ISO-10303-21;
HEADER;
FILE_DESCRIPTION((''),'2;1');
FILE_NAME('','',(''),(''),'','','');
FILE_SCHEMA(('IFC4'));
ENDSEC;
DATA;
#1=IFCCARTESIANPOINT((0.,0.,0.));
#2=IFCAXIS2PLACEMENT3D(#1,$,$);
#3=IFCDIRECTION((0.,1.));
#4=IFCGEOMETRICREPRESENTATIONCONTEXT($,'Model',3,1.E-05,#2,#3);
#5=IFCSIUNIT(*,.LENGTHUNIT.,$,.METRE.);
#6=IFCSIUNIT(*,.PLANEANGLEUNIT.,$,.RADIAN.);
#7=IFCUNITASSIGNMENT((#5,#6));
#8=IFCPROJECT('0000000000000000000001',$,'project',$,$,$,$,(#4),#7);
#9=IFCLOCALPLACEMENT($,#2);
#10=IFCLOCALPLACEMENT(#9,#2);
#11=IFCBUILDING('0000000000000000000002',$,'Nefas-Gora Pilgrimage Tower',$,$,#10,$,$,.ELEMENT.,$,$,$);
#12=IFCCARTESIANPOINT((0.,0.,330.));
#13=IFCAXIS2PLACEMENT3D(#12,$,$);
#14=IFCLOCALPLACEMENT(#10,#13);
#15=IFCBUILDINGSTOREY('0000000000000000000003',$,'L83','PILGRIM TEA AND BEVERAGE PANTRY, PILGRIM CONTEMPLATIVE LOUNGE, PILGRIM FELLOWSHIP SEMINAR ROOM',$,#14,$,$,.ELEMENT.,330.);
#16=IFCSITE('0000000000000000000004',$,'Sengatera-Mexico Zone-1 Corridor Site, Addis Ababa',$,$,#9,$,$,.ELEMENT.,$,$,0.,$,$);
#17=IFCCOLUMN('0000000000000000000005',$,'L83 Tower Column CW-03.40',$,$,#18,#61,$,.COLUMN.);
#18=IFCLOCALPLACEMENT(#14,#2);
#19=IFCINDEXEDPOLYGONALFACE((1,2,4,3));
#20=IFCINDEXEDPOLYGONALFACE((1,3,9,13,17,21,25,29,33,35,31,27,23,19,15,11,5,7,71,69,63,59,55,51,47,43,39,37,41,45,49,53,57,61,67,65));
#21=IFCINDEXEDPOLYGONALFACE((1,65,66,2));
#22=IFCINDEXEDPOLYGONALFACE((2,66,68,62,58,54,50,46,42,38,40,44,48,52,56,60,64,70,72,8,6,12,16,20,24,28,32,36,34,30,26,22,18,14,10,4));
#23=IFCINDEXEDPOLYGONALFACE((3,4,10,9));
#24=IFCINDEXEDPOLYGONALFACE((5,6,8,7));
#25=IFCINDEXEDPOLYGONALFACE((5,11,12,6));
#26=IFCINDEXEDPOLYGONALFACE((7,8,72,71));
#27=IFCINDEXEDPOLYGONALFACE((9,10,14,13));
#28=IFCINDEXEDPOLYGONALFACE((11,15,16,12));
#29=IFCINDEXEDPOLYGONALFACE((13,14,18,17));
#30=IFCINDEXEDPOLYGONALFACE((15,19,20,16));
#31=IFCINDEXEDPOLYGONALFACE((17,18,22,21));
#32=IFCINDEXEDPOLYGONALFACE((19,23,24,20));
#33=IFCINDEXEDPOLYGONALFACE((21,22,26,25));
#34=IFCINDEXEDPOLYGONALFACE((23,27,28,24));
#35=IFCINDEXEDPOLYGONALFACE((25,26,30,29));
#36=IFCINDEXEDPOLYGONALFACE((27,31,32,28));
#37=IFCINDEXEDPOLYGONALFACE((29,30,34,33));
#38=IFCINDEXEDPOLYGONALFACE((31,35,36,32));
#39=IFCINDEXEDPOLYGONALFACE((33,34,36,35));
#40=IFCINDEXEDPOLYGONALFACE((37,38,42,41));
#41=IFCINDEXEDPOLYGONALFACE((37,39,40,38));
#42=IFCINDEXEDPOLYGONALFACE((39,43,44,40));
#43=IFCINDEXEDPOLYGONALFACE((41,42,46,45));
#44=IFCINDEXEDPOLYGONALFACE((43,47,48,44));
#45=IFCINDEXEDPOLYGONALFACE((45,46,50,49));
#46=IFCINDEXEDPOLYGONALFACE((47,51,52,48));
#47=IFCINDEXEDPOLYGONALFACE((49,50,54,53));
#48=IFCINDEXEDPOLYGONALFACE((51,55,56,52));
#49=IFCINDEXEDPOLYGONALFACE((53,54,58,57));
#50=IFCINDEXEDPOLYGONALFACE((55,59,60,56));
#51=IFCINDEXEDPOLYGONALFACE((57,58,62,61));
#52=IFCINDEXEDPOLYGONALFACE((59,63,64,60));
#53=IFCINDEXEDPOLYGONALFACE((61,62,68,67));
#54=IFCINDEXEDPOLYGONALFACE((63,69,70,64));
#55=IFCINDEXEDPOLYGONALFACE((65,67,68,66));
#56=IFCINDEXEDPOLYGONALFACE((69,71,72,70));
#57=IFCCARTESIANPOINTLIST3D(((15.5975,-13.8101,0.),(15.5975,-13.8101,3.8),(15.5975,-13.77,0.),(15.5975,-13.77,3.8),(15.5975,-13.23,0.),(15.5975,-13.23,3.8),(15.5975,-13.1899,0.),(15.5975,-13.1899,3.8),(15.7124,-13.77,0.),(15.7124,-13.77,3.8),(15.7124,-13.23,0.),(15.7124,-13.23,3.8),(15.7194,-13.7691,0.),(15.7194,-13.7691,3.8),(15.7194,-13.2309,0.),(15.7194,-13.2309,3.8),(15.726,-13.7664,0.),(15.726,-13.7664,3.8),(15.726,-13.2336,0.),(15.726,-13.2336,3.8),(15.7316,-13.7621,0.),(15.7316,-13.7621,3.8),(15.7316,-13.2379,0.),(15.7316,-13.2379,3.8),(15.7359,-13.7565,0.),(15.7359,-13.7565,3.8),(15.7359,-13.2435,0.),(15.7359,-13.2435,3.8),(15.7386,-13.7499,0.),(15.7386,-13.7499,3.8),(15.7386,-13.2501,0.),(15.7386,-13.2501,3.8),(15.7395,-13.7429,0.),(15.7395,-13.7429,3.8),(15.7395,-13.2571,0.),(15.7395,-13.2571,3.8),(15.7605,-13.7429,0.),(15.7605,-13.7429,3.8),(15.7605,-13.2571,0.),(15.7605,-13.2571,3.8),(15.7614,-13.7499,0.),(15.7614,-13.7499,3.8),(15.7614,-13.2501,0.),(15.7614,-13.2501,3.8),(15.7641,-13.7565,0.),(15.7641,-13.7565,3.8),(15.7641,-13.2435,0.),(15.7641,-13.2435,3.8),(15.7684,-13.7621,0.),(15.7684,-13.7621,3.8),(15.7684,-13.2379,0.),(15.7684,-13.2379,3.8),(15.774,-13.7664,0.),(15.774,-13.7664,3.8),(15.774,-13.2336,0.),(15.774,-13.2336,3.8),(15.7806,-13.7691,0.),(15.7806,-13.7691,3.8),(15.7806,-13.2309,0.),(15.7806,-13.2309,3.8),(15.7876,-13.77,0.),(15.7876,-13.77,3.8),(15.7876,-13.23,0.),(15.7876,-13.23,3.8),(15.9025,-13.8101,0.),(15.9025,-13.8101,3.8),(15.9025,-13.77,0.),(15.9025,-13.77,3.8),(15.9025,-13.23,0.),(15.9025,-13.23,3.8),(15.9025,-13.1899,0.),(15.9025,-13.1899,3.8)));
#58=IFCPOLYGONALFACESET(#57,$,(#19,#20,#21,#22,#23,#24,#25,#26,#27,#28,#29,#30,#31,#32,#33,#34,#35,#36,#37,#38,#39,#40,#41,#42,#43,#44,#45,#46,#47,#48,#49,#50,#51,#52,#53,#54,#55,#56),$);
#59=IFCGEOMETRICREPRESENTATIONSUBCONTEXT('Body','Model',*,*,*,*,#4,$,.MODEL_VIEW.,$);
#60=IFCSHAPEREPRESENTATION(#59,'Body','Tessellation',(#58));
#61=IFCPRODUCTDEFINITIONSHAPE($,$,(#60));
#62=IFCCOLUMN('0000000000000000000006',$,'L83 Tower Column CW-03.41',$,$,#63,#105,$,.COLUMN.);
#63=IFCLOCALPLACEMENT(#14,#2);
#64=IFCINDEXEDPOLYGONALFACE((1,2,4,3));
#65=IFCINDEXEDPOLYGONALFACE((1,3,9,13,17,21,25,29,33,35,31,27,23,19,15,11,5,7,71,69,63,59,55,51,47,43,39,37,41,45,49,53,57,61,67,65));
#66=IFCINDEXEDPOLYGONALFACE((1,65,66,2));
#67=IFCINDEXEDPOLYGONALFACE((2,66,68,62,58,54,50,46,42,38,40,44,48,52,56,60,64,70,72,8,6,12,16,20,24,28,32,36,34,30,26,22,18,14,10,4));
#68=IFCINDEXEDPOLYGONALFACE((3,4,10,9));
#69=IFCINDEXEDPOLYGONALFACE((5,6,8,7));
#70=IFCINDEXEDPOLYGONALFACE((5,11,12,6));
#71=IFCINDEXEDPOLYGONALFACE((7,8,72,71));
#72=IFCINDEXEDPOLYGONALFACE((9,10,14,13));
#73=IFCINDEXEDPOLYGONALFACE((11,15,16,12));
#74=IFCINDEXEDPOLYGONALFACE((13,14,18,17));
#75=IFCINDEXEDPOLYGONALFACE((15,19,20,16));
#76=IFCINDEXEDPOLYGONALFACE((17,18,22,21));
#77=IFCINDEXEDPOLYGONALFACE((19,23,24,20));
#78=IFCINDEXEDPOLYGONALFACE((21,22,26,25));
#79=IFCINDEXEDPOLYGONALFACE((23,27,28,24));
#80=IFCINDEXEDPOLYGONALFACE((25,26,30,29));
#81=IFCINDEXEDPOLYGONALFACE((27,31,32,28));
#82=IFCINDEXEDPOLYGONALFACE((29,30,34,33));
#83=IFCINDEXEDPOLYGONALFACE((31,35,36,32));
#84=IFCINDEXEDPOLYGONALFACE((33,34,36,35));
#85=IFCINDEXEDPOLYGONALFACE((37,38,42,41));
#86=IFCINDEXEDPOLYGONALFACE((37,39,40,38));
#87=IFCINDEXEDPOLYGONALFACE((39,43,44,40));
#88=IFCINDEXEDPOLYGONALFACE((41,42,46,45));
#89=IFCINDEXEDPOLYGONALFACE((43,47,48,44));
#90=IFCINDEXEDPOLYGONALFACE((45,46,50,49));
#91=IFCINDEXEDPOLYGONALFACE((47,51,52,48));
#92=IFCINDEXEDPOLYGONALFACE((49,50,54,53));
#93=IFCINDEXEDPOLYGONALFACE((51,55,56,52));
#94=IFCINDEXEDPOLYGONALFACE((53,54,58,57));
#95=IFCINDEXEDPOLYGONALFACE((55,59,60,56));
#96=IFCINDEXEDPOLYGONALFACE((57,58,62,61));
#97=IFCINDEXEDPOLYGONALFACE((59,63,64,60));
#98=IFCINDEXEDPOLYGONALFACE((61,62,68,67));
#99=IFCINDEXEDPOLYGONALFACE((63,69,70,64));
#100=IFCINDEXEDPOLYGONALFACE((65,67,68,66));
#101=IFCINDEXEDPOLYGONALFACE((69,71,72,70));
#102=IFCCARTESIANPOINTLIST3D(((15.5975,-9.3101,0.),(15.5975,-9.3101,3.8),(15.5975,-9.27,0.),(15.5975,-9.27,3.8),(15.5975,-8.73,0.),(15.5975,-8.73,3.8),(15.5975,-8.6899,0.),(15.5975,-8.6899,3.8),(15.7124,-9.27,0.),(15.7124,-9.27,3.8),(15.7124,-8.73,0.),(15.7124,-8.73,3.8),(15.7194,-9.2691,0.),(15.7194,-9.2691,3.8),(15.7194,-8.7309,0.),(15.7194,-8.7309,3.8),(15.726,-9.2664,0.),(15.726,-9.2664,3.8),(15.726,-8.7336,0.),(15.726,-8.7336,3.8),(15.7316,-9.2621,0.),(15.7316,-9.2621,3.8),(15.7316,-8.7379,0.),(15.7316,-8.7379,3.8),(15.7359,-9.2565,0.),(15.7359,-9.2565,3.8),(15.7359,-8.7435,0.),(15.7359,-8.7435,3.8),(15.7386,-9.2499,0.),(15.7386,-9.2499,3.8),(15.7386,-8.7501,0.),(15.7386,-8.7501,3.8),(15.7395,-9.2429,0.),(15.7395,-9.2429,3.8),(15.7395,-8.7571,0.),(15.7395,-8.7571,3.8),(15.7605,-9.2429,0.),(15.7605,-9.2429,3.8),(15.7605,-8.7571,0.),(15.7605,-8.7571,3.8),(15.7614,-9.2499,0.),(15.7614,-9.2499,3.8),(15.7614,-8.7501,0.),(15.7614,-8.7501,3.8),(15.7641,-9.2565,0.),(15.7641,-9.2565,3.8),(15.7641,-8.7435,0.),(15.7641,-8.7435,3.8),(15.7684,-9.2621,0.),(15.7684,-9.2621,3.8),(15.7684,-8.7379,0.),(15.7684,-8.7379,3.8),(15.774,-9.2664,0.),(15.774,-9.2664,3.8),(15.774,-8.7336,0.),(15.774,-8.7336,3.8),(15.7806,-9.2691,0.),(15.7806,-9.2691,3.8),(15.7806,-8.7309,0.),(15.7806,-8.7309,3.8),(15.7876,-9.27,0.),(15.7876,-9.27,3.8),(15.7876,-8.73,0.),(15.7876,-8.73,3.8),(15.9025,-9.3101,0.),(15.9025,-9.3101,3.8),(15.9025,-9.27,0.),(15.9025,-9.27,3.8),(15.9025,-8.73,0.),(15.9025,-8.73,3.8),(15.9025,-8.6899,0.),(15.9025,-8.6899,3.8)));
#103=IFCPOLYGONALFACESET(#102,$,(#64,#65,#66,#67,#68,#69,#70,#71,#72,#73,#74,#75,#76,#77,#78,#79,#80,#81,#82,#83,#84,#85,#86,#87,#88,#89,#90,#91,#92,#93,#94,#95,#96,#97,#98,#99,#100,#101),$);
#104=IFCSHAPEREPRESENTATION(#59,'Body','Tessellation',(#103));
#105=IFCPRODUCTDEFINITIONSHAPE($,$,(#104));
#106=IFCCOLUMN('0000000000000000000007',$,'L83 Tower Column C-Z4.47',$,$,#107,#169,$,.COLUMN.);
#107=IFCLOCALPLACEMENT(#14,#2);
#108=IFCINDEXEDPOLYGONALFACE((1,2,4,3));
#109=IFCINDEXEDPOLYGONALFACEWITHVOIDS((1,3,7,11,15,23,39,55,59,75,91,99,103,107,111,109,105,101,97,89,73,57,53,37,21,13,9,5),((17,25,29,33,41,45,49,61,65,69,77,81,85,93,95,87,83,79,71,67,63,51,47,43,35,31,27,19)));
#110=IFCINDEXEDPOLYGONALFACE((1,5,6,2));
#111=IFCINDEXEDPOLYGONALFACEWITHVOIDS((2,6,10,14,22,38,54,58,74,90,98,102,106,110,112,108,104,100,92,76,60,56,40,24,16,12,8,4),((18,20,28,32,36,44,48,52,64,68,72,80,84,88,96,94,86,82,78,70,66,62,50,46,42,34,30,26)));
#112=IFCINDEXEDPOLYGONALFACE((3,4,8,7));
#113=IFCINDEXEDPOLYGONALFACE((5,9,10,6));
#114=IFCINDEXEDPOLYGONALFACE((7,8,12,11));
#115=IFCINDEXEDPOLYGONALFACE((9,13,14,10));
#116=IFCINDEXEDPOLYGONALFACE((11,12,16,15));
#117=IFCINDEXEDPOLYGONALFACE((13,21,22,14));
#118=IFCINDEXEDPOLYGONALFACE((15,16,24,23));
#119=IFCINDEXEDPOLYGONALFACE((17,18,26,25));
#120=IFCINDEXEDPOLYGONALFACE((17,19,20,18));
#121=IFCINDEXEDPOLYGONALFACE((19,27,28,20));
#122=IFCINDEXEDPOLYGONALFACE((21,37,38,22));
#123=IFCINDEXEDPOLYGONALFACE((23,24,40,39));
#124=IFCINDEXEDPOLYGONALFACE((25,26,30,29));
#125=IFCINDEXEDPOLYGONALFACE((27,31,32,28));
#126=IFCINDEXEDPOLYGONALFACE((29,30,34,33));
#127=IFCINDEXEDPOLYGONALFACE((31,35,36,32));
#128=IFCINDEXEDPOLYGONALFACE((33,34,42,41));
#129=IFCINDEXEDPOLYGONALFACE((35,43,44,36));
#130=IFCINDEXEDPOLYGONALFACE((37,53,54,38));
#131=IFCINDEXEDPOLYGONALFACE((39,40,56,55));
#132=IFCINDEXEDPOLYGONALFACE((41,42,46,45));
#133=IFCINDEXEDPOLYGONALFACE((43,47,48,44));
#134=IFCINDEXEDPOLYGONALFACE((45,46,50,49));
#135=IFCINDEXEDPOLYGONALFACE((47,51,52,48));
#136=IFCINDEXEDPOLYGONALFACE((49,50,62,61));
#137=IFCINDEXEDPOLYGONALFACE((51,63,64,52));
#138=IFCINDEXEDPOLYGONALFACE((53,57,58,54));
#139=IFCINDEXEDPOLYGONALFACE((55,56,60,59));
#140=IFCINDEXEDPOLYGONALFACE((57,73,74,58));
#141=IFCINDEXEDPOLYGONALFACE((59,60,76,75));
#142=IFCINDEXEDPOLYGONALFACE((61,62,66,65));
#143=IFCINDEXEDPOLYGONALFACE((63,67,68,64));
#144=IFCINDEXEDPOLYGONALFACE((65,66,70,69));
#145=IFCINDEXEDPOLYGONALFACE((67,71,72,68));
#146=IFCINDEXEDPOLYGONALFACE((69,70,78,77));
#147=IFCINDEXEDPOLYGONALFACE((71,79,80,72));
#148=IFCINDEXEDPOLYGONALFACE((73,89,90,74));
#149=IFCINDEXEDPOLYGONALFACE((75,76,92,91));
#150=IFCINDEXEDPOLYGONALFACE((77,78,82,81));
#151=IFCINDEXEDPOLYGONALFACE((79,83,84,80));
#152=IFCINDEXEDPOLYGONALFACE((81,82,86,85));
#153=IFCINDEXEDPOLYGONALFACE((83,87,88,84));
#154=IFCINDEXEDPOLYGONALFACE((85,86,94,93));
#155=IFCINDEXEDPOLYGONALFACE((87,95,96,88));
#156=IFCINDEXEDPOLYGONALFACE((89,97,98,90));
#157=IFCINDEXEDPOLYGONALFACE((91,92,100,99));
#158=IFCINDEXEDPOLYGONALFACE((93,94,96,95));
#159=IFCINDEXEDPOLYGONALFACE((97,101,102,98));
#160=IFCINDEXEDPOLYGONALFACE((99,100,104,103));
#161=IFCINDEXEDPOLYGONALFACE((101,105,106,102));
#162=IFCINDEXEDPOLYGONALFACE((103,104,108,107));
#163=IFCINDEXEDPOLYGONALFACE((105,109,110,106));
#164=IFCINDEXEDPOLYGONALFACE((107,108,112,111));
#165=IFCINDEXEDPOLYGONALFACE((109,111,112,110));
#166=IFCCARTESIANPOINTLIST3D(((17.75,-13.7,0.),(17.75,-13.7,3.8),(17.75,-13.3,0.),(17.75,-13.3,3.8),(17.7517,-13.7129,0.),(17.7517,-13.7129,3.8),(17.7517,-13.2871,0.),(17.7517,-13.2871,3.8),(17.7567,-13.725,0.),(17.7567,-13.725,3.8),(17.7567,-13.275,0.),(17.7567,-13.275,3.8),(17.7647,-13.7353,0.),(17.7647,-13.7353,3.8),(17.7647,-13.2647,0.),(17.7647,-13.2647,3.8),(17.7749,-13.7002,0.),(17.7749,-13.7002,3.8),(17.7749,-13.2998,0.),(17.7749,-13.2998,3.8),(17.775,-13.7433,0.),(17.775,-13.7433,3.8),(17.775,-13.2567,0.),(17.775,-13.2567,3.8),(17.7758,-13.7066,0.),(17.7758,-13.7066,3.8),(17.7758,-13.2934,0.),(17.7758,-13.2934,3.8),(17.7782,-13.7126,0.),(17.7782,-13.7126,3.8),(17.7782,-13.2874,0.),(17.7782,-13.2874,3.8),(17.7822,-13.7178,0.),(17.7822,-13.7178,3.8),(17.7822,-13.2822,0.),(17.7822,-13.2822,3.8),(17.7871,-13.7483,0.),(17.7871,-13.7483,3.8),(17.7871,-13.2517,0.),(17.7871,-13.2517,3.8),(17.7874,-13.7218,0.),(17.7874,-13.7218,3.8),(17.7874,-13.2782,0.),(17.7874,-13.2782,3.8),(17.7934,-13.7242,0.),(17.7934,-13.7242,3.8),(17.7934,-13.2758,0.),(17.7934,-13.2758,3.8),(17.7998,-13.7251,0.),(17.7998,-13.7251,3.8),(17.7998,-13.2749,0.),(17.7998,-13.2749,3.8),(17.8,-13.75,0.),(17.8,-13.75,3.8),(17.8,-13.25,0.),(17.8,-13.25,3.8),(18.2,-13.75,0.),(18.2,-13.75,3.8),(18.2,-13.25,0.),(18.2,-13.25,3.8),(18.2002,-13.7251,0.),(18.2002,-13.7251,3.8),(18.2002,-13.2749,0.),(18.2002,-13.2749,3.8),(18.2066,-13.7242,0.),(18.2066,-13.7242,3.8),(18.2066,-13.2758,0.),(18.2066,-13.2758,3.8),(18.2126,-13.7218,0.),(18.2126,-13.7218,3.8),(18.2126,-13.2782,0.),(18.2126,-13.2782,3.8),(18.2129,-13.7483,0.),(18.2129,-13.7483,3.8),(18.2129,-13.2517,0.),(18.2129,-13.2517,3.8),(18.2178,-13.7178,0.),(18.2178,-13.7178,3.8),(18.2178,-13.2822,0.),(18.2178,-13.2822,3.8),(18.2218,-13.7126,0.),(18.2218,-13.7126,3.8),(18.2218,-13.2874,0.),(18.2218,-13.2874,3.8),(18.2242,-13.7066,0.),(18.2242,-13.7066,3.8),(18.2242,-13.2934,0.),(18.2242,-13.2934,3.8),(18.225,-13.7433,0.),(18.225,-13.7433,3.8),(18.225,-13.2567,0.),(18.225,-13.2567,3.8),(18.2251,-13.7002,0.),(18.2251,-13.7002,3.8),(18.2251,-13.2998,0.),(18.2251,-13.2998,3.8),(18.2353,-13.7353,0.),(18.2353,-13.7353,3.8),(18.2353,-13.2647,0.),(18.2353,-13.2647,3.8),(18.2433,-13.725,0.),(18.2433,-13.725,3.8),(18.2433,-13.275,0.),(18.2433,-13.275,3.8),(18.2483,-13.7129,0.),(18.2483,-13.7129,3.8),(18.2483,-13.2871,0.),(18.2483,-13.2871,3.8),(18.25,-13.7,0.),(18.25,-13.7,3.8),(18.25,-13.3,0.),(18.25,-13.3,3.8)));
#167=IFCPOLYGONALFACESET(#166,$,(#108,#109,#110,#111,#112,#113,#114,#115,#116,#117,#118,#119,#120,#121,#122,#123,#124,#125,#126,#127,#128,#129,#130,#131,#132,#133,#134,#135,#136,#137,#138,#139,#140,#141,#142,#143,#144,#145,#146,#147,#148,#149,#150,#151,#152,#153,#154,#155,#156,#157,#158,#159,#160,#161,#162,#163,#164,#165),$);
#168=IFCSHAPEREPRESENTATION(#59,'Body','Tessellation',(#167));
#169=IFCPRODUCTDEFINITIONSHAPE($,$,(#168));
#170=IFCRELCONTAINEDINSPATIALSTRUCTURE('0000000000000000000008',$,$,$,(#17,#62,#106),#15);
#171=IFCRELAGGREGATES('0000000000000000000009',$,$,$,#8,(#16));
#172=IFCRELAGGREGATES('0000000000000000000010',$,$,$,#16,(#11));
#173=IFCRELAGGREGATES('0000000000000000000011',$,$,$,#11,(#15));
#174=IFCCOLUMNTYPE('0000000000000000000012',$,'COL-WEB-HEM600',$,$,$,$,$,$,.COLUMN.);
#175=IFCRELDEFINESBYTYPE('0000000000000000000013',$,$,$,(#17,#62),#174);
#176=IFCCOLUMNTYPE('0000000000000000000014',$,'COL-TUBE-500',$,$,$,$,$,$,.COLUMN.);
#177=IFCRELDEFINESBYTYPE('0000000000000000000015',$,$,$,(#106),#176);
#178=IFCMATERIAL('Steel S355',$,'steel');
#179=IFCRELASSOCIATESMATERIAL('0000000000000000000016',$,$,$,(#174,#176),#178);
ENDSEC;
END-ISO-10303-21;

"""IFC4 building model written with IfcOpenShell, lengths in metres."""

from ifc_helpers import new_model, si_unit, direction, frame, origin, origin_2d, place, context, subcontext, project, spatial, hollow_rectangle, i_section, extrude, source, transform, mapped, material, material_profile, profile_set, type_object, element, save


model = new_model("IFC4")

# Units and contexts
model_context = context("Model", 3, precision=1e-05, world=origin(), true_north=direction((0.0, 1.0)))
body_context = subcontext(model_context, "Body", "Model", "MODEL_VIEW")
ifc_project = project(units=[si_unit("LENGTHUNIT", "METRE"), si_unit("PLANEANGLEUNIT", "RADIAN")], contexts=[model_context])

# Site, building, storey
site_placement = place(None, origin())
site = spatial("IfcSite", under=ifc_project, at=site_placement, Name="Sengatera-Mexico Zone-1 Corridor Site, Addis Ababa", CompositionType="ELEMENT", RefElevation=0.0)
building_placement = place(site_placement, origin())
building = spatial("IfcBuilding", under=site, at=building_placement, Name="Nefas-Gora Pilgrimage Tower", CompositionType="ELEMENT")
storey_placement = place(building_placement, frame((0.0, 0.0, 330.0)))
storey = spatial("IfcBuildingStorey", under=building, at=storey_placement, Name="L83", Description="PILGRIM TEA AND BEVERAGE PANTRY, PILGRIM CONTEMPLATIVE LOUNGE, PILGRIM FELLOWSHIP SEMINAR ROOM", CompositionType="ELEMENT", Elevation=330.0)

# Columns
ifc_material_1 = material(Name="Steel S355", Category="steel")
ifc_material_profile_1 = material_profile(ifc_material_1, i_section(OverallWidth=0.3049, OverallDepth=0.6201, WebThickness=0.021, FlangeThickness=0.04, FilletRadius=0.0271, at=origin_2d()), Name="HEM 600")
ifc_profile_set_1 = profile_set([ifc_material_profile_1], Name="Steel S355")
column_type_1 = type_object("IfcColumnType", Name="COL-WEB-HEM600", PredefinedType="COLUMN", material=ifc_profile_set_1)
shared_shape_1 = source(origin(), body_context, "Body", "SweptSolid", [
    extrude(i_section(OverallWidth=0.3049, OverallDepth=0.6201, WebThickness=0.021, FlangeThickness=0.04, FilletRadius=0.0271, at=origin_2d()), origin(), (0.0, 0.0, 1.0), 3.8),
])
for number, where, z_axis, x_axis, name in (
    (1, (15.75, -13.5, 0.0), (0.0, 0.0, 1.0), (1.0, 0.0, 0.0), "L83 Tower Column CW-03.40"),
    (2, (15.75, -9.0, 0.0), (0.0, 0.0, 1.0), (1.0, 0.0, 0.0), "L83 Tower Column CW-03.41"),
):
    element("IfcColumn", number, at=place(storey_placement, frame(where, z_axis=z_axis, x_axis=x_axis)), inside=storey, type_object=column_type_1, Name=name, PredefinedType="COLUMN", context=body_context, shape_type="MappedRepresentation", body=[
        mapped(shared_shape_1, transform((0.0, 0.0, 0.0), x_axis=(1.0, 0.0, 0.0), y_axis=(0.0, 1.0, 0.0), z_axis=(0.0, 0.0, 1.0), scale=1.0)),
    ])
ifc_material_profile_2 = material_profile(ifc_material_1, hollow_rectangle(XDim=0.5, YDim=0.5, WallThickness=0.0249, InnerFilletRadius=0.0249, OuterFilletRadius=0.05, at=origin_2d()), Name="SHS 500x500x25")
ifc_profile_set_2 = profile_set([ifc_material_profile_2], Name="Steel S355")
column_type_2 = type_object("IfcColumnType", Name="COL-TUBE-500", PredefinedType="COLUMN", material=ifc_profile_set_2)
shared_shape_2 = source(origin(), body_context, "Body", "SweptSolid", [
    extrude(hollow_rectangle(XDim=0.5, YDim=0.5, WallThickness=0.0249, InnerFilletRadius=0.0249, OuterFilletRadius=0.05, at=origin_2d()), origin(), (0.0, 0.0, 1.0), 3.8),
])
for number, where, z_axis, x_axis, name in (
    (3, (18.0, -13.5, 0.0), (0.0, 0.0, 1.0), (1.0, 0.0, 0.0), "L83 Tower Column C-Z4.47"),
):
    element("IfcColumn", number, at=place(storey_placement, frame(where, z_axis=z_axis, x_axis=x_axis)), inside=storey, type_object=column_type_2, Name=name, PredefinedType="COLUMN", context=body_context, shape_type="MappedRepresentation", body=[
        mapped(shared_shape_2, transform((0.0, 0.0, 0.0), x_axis=(1.0, 0.0, 0.0), y_axis=(0.0, 1.0, 0.0), z_axis=(0.0, 0.0, 1.0), scale=1.0)),
    ])

save(model, "model.ifc")
